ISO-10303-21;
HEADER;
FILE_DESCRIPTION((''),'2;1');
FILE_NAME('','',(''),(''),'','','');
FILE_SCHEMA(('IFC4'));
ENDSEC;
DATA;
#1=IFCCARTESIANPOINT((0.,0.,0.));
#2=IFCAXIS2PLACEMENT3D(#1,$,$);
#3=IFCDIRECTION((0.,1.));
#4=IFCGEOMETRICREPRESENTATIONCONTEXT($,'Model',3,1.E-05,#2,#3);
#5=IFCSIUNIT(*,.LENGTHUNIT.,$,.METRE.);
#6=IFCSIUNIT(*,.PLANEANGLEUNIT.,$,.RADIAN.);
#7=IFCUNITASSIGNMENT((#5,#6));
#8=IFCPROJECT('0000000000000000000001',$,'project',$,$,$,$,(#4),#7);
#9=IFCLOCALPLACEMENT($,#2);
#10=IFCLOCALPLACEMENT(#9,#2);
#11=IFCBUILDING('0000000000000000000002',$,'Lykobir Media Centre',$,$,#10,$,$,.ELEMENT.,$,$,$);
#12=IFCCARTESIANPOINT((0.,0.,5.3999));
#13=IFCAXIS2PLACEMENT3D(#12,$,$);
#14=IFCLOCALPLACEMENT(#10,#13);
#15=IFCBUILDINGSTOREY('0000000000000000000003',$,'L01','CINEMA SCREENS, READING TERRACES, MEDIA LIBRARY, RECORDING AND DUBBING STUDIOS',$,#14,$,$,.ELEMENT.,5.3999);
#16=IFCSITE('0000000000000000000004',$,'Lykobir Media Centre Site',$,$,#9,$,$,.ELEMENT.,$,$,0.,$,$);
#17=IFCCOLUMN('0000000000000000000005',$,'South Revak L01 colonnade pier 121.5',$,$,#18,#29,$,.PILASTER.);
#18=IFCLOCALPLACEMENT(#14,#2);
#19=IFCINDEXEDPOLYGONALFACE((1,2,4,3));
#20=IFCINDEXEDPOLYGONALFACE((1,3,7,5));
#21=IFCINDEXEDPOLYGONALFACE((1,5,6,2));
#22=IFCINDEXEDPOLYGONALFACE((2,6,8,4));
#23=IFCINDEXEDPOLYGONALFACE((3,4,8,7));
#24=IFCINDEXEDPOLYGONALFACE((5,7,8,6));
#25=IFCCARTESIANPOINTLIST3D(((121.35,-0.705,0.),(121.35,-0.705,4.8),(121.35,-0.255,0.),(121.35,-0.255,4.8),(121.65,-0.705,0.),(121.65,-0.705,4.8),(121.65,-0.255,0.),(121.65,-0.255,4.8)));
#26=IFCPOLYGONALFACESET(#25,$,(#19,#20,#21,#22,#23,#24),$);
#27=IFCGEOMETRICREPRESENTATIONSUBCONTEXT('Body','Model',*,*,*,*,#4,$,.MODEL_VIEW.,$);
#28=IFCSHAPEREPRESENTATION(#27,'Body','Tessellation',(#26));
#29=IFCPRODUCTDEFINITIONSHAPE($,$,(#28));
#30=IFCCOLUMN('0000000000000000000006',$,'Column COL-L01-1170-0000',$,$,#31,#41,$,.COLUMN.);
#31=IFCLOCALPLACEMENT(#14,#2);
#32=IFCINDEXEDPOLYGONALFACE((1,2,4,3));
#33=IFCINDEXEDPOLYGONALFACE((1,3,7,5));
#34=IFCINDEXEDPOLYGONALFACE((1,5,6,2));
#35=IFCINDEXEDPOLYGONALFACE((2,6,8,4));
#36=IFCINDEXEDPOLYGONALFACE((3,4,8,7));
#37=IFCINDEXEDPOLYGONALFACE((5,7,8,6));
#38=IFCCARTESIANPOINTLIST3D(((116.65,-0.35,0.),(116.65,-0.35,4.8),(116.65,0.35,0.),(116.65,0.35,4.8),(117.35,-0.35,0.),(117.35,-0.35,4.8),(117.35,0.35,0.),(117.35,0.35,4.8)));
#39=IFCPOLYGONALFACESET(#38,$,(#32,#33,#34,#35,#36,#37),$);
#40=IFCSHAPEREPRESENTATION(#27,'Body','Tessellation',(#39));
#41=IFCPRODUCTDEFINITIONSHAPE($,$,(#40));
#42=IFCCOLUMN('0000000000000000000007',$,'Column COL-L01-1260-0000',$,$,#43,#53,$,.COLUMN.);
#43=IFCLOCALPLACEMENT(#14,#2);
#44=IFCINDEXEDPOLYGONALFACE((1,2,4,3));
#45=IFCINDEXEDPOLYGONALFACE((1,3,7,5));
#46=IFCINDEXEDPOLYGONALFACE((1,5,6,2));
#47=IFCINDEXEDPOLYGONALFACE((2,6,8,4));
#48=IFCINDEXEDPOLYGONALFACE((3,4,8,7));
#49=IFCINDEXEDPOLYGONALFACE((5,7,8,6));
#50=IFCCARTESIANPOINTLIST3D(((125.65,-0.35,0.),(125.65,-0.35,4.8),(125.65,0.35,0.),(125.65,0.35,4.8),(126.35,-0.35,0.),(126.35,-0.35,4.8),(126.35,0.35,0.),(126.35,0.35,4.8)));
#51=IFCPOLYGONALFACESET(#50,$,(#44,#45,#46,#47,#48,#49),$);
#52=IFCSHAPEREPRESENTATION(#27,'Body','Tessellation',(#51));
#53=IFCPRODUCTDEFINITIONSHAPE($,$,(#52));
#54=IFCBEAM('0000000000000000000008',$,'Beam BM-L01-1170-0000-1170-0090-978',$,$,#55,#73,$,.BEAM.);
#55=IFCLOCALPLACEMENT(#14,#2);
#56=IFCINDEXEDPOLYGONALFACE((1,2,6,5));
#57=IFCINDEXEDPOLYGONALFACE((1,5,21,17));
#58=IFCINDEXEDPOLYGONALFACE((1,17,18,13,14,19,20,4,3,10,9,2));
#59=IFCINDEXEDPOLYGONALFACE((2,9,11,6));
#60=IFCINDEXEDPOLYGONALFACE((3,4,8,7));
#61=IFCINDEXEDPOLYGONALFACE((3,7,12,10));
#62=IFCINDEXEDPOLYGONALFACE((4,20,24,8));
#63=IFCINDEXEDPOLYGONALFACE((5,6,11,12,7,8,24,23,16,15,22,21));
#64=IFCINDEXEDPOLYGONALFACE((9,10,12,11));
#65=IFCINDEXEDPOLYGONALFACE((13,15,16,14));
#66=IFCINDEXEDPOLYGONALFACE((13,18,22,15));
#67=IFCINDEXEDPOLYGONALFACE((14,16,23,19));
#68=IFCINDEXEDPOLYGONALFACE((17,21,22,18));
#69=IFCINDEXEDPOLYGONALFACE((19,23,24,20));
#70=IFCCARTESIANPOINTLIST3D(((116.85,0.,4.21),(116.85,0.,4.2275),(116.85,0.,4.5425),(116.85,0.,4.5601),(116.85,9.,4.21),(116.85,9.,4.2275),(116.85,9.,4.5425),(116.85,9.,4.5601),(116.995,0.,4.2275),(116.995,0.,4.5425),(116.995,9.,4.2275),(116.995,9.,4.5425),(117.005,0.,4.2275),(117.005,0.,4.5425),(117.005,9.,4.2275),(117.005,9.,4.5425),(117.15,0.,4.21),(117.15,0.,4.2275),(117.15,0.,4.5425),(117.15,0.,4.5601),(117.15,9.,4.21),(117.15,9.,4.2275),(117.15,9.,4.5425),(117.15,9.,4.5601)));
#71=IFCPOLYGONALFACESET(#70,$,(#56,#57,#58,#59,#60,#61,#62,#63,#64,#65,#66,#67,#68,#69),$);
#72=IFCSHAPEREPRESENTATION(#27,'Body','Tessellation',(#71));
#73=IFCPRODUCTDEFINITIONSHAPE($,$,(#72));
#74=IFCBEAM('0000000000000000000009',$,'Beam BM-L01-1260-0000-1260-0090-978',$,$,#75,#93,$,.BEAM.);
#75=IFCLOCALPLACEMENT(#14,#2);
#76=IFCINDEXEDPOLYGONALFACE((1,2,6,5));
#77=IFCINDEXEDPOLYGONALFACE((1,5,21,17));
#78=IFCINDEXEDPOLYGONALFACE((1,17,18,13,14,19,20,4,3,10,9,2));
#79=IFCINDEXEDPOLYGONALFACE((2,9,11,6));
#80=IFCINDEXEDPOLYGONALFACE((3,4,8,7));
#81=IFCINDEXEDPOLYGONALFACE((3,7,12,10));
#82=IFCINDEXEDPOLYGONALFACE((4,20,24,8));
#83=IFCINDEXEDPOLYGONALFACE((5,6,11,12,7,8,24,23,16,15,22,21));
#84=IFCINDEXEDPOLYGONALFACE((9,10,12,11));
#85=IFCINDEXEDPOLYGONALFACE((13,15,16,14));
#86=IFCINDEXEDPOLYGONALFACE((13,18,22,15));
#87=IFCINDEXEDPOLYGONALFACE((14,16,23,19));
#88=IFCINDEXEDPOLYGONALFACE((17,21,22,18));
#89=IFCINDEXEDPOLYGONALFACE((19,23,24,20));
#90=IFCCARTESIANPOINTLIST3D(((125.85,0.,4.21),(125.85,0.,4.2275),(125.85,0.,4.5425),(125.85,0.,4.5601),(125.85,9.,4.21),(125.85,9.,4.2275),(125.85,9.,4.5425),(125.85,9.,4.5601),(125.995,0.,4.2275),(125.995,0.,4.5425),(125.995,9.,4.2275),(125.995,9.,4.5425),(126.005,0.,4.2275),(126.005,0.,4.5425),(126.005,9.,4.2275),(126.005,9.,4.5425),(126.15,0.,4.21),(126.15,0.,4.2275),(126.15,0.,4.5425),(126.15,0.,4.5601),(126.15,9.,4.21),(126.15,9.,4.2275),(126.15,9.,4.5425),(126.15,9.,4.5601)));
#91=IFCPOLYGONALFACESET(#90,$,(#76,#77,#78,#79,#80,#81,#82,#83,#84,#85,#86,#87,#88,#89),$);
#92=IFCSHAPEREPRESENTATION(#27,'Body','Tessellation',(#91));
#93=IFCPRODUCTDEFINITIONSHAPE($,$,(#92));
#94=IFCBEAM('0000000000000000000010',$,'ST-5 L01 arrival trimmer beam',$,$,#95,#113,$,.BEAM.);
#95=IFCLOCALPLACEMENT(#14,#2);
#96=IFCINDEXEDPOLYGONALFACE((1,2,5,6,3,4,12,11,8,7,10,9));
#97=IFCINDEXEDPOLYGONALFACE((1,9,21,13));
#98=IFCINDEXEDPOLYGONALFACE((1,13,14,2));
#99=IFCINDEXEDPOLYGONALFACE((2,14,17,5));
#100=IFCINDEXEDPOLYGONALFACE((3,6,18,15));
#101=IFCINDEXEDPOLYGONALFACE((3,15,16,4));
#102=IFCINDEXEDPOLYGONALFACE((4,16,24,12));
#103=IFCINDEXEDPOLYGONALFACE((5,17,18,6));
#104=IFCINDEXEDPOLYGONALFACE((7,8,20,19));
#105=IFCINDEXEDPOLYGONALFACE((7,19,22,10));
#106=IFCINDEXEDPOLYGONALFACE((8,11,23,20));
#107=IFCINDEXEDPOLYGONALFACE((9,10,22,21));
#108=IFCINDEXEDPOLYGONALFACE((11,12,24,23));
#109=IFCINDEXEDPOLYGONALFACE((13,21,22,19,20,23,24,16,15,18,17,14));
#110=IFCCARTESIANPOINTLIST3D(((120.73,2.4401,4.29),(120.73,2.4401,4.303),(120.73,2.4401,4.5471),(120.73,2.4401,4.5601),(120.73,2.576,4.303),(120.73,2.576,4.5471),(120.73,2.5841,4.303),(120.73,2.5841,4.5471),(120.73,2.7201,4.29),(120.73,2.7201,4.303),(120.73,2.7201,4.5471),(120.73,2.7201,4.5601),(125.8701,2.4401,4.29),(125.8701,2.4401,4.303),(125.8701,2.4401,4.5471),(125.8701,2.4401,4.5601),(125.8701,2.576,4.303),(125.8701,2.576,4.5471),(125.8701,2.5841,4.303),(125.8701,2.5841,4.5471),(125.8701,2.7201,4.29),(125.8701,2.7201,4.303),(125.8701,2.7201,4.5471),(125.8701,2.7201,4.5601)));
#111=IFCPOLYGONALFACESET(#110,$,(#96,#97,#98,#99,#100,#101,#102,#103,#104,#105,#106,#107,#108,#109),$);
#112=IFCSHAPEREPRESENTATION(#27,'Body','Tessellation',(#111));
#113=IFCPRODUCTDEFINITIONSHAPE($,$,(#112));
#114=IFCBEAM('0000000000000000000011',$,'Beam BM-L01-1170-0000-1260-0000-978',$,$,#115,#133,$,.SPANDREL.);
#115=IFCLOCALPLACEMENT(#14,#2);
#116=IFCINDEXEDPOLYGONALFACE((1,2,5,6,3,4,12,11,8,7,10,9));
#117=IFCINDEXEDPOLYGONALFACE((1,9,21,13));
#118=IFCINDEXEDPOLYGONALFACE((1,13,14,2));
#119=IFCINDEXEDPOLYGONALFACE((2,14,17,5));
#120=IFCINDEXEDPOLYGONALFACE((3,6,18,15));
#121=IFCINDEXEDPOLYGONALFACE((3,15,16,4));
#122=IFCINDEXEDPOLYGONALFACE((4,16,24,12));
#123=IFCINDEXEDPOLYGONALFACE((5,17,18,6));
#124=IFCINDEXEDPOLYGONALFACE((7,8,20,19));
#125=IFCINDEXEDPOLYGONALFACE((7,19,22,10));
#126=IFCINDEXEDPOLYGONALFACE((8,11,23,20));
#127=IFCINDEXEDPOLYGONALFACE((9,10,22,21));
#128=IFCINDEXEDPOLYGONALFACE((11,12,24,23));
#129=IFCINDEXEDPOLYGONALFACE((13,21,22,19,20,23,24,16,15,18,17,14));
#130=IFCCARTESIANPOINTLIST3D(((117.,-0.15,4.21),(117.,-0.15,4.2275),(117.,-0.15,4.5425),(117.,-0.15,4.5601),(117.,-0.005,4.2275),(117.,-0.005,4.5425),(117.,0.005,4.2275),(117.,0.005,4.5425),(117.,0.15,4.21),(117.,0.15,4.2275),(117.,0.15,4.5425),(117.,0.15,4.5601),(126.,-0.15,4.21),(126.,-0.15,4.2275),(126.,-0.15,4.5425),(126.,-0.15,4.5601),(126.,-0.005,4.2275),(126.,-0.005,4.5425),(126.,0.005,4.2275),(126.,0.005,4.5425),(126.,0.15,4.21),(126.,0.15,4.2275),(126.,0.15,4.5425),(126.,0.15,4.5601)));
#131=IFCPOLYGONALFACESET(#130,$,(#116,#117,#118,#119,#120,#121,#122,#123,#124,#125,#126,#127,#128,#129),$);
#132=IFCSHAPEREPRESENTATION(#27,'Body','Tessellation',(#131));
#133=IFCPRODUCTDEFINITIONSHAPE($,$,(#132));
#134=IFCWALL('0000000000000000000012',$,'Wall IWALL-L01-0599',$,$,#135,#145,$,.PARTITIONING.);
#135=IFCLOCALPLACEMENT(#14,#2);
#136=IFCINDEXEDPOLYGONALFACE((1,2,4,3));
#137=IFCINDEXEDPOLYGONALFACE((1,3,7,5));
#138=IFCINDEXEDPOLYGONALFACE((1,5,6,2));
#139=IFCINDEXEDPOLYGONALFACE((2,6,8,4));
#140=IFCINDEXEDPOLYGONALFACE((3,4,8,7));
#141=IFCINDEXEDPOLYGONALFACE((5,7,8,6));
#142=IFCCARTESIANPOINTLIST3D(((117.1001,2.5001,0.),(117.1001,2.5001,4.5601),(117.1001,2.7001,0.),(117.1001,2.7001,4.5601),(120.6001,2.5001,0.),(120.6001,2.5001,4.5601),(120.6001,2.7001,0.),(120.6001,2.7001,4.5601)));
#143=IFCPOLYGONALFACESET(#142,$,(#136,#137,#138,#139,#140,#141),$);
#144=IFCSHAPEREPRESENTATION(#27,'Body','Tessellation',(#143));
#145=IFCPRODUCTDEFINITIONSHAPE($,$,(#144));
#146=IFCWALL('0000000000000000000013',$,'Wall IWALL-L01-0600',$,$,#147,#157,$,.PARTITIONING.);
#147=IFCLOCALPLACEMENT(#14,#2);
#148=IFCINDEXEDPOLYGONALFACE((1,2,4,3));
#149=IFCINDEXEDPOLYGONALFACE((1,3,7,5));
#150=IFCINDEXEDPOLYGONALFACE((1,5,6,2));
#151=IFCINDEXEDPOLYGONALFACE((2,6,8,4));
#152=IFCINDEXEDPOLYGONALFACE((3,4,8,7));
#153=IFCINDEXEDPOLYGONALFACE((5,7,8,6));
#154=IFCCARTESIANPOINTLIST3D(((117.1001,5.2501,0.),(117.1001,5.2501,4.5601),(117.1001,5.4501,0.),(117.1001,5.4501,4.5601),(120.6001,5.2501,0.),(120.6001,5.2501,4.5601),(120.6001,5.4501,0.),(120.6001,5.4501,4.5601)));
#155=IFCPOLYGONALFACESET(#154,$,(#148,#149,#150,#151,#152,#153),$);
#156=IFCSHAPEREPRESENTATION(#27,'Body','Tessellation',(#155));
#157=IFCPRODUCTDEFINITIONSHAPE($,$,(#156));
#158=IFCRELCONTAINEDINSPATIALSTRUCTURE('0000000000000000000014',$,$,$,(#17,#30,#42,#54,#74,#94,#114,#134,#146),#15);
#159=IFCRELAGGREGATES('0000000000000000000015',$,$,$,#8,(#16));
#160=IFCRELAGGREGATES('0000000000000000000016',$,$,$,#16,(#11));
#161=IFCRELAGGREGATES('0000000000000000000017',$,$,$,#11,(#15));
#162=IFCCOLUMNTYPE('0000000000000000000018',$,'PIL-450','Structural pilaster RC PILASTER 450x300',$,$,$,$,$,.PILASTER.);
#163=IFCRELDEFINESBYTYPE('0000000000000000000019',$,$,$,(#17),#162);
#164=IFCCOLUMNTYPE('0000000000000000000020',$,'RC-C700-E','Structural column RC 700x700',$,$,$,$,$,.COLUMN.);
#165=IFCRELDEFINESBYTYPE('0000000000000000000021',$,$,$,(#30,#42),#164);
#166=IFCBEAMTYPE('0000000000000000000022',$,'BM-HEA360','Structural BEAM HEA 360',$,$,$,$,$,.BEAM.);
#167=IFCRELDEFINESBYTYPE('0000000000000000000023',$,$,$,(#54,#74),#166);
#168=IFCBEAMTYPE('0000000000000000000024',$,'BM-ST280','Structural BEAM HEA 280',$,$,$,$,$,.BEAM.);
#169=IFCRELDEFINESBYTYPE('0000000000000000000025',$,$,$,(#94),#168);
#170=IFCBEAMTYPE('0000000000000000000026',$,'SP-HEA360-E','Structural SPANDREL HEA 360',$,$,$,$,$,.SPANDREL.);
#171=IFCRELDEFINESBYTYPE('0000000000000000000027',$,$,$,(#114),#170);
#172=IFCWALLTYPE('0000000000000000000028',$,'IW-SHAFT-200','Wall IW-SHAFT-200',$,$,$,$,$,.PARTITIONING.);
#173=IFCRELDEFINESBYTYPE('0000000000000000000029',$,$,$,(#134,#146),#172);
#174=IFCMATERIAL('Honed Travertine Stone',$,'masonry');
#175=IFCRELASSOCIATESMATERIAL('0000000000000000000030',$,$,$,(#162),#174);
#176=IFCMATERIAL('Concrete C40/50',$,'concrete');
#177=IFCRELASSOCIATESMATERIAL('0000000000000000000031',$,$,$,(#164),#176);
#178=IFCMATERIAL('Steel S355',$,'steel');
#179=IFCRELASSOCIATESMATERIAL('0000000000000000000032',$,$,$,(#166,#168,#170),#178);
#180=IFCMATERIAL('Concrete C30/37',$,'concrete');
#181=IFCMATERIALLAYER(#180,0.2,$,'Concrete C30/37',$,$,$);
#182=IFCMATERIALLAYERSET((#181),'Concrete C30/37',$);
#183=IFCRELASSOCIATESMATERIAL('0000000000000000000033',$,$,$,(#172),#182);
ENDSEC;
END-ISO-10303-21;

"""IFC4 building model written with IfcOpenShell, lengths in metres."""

from ifc_helpers import new_model, si_unit, direction, frame, frame_2d, origin, origin_2d, place, context, subcontext, project, spatial, rectangle, i_section, extrude, material, layer, layer_set, material_profile, profile_set, type_object, element, save


model = new_model("IFC4")

# Units and contexts
model_context = context("Model", 3, precision=1e-05, world=origin(), true_north=direction((0.0, 1.0)))
body_context = subcontext(model_context, "Body", "Model", "MODEL_VIEW")
ifc_project = project(units=[si_unit("LENGTHUNIT", "METRE"), si_unit("PLANEANGLEUNIT", "RADIAN")], contexts=[model_context])

# Site, building, storey
site_placement = place(None, origin())
site = spatial("IfcSite", under=ifc_project, at=site_placement, Name="Lykobir Media Centre Site", CompositionType="ELEMENT", RefElevation=0.0)
building_placement = place(site_placement, origin())
building = spatial("IfcBuilding", under=site, at=building_placement, Name="Lykobir Media Centre", CompositionType="ELEMENT")
storey_placement = place(building_placement, frame((0.0, 0.0, 5.3999)))
storey = spatial("IfcBuildingStorey", under=building, at=storey_placement, Name="L01", Description="CINEMA SCREENS, READING TERRACES, MEDIA LIBRARY, RECORDING AND DUBBING STUDIOS", CompositionType="ELEMENT", Elevation=5.3999)

# Columns
ifc_material_1 = material(Name="Honed Travertine Stone", Category="masonry")
ifc_material_profile_1 = material_profile(ifc_material_1, rectangle(XDim=0.3, YDim=0.45, at=origin_2d()), Name="RC PILASTER 450x300")
ifc_profile_set_1 = profile_set([ifc_material_profile_1], Name="Honed Travertine Stone")
column_type_1 = type_object("IfcColumnType", Name="PIL-450", Description="Structural pilaster RC PILASTER 450x300", PredefinedType="PILASTER", material=ifc_profile_set_1)
column_placement = place(storey_placement, frame((121.5, -0.48, 0.0), z_axis=(0.0, 0.0, 1.0), x_axis=(1.0, 0.0, 0.0)))
element("IfcColumn", 1, at=column_placement, inside=storey, type_object=column_type_1, Name="South Revak L01 colonnade pier 121.5", PredefinedType="PILASTER", context=body_context, shape_type="SweptSolid", body=[
    extrude(rectangle(XDim=0.3, YDim=0.45, at=origin_2d()), origin(), (0.0, 0.0, 1.0), 4.8),
])
ifc_material_2 = material(Name="Concrete C40/50", Category="concrete")
ifc_material_profile_2 = material_profile(ifc_material_2, rectangle(XDim=0.7, YDim=0.7, at=origin_2d()), Name="RC 700x700")
ifc_profile_set_2 = profile_set([ifc_material_profile_2], Name="Concrete C40/50")
column_type_2 = type_object("IfcColumnType", Name="RC-C700-E", Description="Structural column RC 700x700", PredefinedType="COLUMN", material=ifc_profile_set_2)
for number, where, z_axis, x_axis, name in (
    (2, (117.0, 0.0, 0.0), (0.0, 0.0, 1.0), (1.0, 0.0, 0.0), "Column COL-L01-1170-0000"),
    (3, (126.0, 0.0, 0.0), (0.0, 0.0, 1.0), (1.0, 0.0, 0.0), "Column COL-L01-1260-0000"),
):
    element("IfcColumn", number, at=place(storey_placement, frame(where, z_axis=z_axis, x_axis=x_axis)), inside=storey, type_object=column_type_2, Name=name, PredefinedType="COLUMN", context=body_context, shape_type="SweptSolid", body=[
        extrude(rectangle(XDim=0.7, YDim=0.7, at=origin_2d()), origin(), (0.0, 0.0, 1.0), 4.8),
    ])

# Beams
ifc_material_3 = material(Name="Steel S355", Category="steel")
ifc_material_profile_3 = material_profile(ifc_material_3, i_section(OverallWidth=0.3, OverallDepth=0.3501, WebThickness=0.01, FlangeThickness=0.0176, at=origin_2d()), Name="HEA 360")
ifc_profile_set_3 = profile_set([ifc_material_profile_3], Name="Steel S355")
beam_type_1 = type_object("IfcBeamType", Name="BM-HEA360", Description="Structural BEAM HEA 360", PredefinedType="BEAM", material=ifc_profile_set_3)
for number, where, z_axis, x_axis, name in (
    (4, (117.0, 0.0, 4.385), (0.0, 1.0, 0.0), (-1.0, 0.0, 0.0), "Beam BM-L01-1170-0000-1170-0090-978"),
    (5, (126.0, 0.0, 4.385), (0.0, 1.0, 0.0), (-1.0, 0.0, 0.0), "Beam BM-L01-1260-0000-1260-0090-978"),
):
    element("IfcBeam", number, at=place(storey_placement, frame(where, z_axis=z_axis, x_axis=x_axis)), inside=storey, type_object=beam_type_1, Name=name, PredefinedType="BEAM", context=body_context, shape_type="SweptSolid", body=[
        extrude(i_section(OverallWidth=0.3, OverallDepth=0.3501, WebThickness=0.01, FlangeThickness=0.0176, at=origin_2d()), origin(), (0.0, 0.0, 1.0), 9.0),
    ])
ifc_material_profile_4 = material_profile(ifc_material_3, i_section(OverallWidth=0.28, OverallDepth=0.27, WebThickness=0.0081, FlangeThickness=0.0129, at=origin_2d()), Name="HEA 280")
ifc_profile_set_4 = profile_set([ifc_material_profile_4], Name="Steel S355")
beam_type_2 = type_object("IfcBeamType", Name="BM-ST280", Description="Structural BEAM HEA 280", PredefinedType="BEAM", material=ifc_profile_set_4)
beam_1_placement = place(storey_placement, frame((120.73, 2.5801, 4.425), z_axis=(1.0, 0.0, 0.0), x_axis=(0.0, 1.0, 0.0)))
element("IfcBeam", 6, at=beam_1_placement, inside=storey, type_object=beam_type_2, Name="ST-5 L01 arrival trimmer beam", PredefinedType="BEAM", context=body_context, shape_type="SweptSolid", body=[
    extrude(i_section(OverallWidth=0.28, OverallDepth=0.27, WebThickness=0.0081, FlangeThickness=0.0129, at=origin_2d()), origin(), (0.0, 0.0, 1.0), 5.1401),
])
ifc_material_profile_5 = material_profile(ifc_material_3, i_section(OverallWidth=0.3, OverallDepth=0.3501, WebThickness=0.01, FlangeThickness=0.0176, at=origin_2d()), Name="HEA 360")
ifc_profile_set_5 = profile_set([ifc_material_profile_5], Name="Steel S355")
beam_type_3 = type_object("IfcBeamType", Name="SP-HEA360-E", Description="Structural SPANDREL HEA 360", PredefinedType="SPANDREL", material=ifc_profile_set_5)
beam_2_placement = place(storey_placement, frame((117.0, 0.0, 4.385), z_axis=(1.0, 0.0, 0.0), x_axis=(0.0, 1.0, 0.0)))
element("IfcBeam", 7, at=beam_2_placement, inside=storey, type_object=beam_type_3, Name="Beam BM-L01-1170-0000-1260-0000-978", PredefinedType="SPANDREL", context=body_context, shape_type="SweptSolid", body=[
    extrude(i_section(OverallWidth=0.3, OverallDepth=0.3501, WebThickness=0.01, FlangeThickness=0.0176, at=origin_2d()), origin(), (0.0, 0.0, 1.0), 9.0),
])

# Walls
ifc_material_4 = material(Name="Concrete C30/37", Category="concrete")
ifc_layer_1 = layer(ifc_material_4, 0.2, Name="Concrete C30/37")
ifc_layer_set_1 = layer_set([ifc_layer_1], Name="Concrete C30/37")
wall_type_1 = type_object("IfcWallType", Name="IW-SHAFT-200", Description="Wall IW-SHAFT-200", PredefinedType="PARTITIONING", material=ifc_layer_set_1)
for number, where, z_axis, x_axis, name in (
    (8, (117.1001, 2.6001, 0.0), (0.0, 0.0, 1.0), (1.0, 0.0, 0.0), "Wall IWALL-L01-0599"),
    (9, (117.1001, 5.3501, 0.0), (0.0, 0.0, 1.0), (1.0, 0.0, 0.0), "Wall IWALL-L01-0600"),
):
    element("IfcWall", number, at=place(storey_placement, frame(where, z_axis=z_axis, x_axis=x_axis)), inside=storey, type_object=wall_type_1, Name=name, PredefinedType="PARTITIONING", context=body_context, shape_type="SweptSolid", body=[
        extrude(rectangle(XDim=3.5, YDim=0.2, at=frame_2d((1.75, 0.0))), origin(), (0.0, 0.0, 1.0), 4.5601),
    ])

save(model, "model.ifc")
